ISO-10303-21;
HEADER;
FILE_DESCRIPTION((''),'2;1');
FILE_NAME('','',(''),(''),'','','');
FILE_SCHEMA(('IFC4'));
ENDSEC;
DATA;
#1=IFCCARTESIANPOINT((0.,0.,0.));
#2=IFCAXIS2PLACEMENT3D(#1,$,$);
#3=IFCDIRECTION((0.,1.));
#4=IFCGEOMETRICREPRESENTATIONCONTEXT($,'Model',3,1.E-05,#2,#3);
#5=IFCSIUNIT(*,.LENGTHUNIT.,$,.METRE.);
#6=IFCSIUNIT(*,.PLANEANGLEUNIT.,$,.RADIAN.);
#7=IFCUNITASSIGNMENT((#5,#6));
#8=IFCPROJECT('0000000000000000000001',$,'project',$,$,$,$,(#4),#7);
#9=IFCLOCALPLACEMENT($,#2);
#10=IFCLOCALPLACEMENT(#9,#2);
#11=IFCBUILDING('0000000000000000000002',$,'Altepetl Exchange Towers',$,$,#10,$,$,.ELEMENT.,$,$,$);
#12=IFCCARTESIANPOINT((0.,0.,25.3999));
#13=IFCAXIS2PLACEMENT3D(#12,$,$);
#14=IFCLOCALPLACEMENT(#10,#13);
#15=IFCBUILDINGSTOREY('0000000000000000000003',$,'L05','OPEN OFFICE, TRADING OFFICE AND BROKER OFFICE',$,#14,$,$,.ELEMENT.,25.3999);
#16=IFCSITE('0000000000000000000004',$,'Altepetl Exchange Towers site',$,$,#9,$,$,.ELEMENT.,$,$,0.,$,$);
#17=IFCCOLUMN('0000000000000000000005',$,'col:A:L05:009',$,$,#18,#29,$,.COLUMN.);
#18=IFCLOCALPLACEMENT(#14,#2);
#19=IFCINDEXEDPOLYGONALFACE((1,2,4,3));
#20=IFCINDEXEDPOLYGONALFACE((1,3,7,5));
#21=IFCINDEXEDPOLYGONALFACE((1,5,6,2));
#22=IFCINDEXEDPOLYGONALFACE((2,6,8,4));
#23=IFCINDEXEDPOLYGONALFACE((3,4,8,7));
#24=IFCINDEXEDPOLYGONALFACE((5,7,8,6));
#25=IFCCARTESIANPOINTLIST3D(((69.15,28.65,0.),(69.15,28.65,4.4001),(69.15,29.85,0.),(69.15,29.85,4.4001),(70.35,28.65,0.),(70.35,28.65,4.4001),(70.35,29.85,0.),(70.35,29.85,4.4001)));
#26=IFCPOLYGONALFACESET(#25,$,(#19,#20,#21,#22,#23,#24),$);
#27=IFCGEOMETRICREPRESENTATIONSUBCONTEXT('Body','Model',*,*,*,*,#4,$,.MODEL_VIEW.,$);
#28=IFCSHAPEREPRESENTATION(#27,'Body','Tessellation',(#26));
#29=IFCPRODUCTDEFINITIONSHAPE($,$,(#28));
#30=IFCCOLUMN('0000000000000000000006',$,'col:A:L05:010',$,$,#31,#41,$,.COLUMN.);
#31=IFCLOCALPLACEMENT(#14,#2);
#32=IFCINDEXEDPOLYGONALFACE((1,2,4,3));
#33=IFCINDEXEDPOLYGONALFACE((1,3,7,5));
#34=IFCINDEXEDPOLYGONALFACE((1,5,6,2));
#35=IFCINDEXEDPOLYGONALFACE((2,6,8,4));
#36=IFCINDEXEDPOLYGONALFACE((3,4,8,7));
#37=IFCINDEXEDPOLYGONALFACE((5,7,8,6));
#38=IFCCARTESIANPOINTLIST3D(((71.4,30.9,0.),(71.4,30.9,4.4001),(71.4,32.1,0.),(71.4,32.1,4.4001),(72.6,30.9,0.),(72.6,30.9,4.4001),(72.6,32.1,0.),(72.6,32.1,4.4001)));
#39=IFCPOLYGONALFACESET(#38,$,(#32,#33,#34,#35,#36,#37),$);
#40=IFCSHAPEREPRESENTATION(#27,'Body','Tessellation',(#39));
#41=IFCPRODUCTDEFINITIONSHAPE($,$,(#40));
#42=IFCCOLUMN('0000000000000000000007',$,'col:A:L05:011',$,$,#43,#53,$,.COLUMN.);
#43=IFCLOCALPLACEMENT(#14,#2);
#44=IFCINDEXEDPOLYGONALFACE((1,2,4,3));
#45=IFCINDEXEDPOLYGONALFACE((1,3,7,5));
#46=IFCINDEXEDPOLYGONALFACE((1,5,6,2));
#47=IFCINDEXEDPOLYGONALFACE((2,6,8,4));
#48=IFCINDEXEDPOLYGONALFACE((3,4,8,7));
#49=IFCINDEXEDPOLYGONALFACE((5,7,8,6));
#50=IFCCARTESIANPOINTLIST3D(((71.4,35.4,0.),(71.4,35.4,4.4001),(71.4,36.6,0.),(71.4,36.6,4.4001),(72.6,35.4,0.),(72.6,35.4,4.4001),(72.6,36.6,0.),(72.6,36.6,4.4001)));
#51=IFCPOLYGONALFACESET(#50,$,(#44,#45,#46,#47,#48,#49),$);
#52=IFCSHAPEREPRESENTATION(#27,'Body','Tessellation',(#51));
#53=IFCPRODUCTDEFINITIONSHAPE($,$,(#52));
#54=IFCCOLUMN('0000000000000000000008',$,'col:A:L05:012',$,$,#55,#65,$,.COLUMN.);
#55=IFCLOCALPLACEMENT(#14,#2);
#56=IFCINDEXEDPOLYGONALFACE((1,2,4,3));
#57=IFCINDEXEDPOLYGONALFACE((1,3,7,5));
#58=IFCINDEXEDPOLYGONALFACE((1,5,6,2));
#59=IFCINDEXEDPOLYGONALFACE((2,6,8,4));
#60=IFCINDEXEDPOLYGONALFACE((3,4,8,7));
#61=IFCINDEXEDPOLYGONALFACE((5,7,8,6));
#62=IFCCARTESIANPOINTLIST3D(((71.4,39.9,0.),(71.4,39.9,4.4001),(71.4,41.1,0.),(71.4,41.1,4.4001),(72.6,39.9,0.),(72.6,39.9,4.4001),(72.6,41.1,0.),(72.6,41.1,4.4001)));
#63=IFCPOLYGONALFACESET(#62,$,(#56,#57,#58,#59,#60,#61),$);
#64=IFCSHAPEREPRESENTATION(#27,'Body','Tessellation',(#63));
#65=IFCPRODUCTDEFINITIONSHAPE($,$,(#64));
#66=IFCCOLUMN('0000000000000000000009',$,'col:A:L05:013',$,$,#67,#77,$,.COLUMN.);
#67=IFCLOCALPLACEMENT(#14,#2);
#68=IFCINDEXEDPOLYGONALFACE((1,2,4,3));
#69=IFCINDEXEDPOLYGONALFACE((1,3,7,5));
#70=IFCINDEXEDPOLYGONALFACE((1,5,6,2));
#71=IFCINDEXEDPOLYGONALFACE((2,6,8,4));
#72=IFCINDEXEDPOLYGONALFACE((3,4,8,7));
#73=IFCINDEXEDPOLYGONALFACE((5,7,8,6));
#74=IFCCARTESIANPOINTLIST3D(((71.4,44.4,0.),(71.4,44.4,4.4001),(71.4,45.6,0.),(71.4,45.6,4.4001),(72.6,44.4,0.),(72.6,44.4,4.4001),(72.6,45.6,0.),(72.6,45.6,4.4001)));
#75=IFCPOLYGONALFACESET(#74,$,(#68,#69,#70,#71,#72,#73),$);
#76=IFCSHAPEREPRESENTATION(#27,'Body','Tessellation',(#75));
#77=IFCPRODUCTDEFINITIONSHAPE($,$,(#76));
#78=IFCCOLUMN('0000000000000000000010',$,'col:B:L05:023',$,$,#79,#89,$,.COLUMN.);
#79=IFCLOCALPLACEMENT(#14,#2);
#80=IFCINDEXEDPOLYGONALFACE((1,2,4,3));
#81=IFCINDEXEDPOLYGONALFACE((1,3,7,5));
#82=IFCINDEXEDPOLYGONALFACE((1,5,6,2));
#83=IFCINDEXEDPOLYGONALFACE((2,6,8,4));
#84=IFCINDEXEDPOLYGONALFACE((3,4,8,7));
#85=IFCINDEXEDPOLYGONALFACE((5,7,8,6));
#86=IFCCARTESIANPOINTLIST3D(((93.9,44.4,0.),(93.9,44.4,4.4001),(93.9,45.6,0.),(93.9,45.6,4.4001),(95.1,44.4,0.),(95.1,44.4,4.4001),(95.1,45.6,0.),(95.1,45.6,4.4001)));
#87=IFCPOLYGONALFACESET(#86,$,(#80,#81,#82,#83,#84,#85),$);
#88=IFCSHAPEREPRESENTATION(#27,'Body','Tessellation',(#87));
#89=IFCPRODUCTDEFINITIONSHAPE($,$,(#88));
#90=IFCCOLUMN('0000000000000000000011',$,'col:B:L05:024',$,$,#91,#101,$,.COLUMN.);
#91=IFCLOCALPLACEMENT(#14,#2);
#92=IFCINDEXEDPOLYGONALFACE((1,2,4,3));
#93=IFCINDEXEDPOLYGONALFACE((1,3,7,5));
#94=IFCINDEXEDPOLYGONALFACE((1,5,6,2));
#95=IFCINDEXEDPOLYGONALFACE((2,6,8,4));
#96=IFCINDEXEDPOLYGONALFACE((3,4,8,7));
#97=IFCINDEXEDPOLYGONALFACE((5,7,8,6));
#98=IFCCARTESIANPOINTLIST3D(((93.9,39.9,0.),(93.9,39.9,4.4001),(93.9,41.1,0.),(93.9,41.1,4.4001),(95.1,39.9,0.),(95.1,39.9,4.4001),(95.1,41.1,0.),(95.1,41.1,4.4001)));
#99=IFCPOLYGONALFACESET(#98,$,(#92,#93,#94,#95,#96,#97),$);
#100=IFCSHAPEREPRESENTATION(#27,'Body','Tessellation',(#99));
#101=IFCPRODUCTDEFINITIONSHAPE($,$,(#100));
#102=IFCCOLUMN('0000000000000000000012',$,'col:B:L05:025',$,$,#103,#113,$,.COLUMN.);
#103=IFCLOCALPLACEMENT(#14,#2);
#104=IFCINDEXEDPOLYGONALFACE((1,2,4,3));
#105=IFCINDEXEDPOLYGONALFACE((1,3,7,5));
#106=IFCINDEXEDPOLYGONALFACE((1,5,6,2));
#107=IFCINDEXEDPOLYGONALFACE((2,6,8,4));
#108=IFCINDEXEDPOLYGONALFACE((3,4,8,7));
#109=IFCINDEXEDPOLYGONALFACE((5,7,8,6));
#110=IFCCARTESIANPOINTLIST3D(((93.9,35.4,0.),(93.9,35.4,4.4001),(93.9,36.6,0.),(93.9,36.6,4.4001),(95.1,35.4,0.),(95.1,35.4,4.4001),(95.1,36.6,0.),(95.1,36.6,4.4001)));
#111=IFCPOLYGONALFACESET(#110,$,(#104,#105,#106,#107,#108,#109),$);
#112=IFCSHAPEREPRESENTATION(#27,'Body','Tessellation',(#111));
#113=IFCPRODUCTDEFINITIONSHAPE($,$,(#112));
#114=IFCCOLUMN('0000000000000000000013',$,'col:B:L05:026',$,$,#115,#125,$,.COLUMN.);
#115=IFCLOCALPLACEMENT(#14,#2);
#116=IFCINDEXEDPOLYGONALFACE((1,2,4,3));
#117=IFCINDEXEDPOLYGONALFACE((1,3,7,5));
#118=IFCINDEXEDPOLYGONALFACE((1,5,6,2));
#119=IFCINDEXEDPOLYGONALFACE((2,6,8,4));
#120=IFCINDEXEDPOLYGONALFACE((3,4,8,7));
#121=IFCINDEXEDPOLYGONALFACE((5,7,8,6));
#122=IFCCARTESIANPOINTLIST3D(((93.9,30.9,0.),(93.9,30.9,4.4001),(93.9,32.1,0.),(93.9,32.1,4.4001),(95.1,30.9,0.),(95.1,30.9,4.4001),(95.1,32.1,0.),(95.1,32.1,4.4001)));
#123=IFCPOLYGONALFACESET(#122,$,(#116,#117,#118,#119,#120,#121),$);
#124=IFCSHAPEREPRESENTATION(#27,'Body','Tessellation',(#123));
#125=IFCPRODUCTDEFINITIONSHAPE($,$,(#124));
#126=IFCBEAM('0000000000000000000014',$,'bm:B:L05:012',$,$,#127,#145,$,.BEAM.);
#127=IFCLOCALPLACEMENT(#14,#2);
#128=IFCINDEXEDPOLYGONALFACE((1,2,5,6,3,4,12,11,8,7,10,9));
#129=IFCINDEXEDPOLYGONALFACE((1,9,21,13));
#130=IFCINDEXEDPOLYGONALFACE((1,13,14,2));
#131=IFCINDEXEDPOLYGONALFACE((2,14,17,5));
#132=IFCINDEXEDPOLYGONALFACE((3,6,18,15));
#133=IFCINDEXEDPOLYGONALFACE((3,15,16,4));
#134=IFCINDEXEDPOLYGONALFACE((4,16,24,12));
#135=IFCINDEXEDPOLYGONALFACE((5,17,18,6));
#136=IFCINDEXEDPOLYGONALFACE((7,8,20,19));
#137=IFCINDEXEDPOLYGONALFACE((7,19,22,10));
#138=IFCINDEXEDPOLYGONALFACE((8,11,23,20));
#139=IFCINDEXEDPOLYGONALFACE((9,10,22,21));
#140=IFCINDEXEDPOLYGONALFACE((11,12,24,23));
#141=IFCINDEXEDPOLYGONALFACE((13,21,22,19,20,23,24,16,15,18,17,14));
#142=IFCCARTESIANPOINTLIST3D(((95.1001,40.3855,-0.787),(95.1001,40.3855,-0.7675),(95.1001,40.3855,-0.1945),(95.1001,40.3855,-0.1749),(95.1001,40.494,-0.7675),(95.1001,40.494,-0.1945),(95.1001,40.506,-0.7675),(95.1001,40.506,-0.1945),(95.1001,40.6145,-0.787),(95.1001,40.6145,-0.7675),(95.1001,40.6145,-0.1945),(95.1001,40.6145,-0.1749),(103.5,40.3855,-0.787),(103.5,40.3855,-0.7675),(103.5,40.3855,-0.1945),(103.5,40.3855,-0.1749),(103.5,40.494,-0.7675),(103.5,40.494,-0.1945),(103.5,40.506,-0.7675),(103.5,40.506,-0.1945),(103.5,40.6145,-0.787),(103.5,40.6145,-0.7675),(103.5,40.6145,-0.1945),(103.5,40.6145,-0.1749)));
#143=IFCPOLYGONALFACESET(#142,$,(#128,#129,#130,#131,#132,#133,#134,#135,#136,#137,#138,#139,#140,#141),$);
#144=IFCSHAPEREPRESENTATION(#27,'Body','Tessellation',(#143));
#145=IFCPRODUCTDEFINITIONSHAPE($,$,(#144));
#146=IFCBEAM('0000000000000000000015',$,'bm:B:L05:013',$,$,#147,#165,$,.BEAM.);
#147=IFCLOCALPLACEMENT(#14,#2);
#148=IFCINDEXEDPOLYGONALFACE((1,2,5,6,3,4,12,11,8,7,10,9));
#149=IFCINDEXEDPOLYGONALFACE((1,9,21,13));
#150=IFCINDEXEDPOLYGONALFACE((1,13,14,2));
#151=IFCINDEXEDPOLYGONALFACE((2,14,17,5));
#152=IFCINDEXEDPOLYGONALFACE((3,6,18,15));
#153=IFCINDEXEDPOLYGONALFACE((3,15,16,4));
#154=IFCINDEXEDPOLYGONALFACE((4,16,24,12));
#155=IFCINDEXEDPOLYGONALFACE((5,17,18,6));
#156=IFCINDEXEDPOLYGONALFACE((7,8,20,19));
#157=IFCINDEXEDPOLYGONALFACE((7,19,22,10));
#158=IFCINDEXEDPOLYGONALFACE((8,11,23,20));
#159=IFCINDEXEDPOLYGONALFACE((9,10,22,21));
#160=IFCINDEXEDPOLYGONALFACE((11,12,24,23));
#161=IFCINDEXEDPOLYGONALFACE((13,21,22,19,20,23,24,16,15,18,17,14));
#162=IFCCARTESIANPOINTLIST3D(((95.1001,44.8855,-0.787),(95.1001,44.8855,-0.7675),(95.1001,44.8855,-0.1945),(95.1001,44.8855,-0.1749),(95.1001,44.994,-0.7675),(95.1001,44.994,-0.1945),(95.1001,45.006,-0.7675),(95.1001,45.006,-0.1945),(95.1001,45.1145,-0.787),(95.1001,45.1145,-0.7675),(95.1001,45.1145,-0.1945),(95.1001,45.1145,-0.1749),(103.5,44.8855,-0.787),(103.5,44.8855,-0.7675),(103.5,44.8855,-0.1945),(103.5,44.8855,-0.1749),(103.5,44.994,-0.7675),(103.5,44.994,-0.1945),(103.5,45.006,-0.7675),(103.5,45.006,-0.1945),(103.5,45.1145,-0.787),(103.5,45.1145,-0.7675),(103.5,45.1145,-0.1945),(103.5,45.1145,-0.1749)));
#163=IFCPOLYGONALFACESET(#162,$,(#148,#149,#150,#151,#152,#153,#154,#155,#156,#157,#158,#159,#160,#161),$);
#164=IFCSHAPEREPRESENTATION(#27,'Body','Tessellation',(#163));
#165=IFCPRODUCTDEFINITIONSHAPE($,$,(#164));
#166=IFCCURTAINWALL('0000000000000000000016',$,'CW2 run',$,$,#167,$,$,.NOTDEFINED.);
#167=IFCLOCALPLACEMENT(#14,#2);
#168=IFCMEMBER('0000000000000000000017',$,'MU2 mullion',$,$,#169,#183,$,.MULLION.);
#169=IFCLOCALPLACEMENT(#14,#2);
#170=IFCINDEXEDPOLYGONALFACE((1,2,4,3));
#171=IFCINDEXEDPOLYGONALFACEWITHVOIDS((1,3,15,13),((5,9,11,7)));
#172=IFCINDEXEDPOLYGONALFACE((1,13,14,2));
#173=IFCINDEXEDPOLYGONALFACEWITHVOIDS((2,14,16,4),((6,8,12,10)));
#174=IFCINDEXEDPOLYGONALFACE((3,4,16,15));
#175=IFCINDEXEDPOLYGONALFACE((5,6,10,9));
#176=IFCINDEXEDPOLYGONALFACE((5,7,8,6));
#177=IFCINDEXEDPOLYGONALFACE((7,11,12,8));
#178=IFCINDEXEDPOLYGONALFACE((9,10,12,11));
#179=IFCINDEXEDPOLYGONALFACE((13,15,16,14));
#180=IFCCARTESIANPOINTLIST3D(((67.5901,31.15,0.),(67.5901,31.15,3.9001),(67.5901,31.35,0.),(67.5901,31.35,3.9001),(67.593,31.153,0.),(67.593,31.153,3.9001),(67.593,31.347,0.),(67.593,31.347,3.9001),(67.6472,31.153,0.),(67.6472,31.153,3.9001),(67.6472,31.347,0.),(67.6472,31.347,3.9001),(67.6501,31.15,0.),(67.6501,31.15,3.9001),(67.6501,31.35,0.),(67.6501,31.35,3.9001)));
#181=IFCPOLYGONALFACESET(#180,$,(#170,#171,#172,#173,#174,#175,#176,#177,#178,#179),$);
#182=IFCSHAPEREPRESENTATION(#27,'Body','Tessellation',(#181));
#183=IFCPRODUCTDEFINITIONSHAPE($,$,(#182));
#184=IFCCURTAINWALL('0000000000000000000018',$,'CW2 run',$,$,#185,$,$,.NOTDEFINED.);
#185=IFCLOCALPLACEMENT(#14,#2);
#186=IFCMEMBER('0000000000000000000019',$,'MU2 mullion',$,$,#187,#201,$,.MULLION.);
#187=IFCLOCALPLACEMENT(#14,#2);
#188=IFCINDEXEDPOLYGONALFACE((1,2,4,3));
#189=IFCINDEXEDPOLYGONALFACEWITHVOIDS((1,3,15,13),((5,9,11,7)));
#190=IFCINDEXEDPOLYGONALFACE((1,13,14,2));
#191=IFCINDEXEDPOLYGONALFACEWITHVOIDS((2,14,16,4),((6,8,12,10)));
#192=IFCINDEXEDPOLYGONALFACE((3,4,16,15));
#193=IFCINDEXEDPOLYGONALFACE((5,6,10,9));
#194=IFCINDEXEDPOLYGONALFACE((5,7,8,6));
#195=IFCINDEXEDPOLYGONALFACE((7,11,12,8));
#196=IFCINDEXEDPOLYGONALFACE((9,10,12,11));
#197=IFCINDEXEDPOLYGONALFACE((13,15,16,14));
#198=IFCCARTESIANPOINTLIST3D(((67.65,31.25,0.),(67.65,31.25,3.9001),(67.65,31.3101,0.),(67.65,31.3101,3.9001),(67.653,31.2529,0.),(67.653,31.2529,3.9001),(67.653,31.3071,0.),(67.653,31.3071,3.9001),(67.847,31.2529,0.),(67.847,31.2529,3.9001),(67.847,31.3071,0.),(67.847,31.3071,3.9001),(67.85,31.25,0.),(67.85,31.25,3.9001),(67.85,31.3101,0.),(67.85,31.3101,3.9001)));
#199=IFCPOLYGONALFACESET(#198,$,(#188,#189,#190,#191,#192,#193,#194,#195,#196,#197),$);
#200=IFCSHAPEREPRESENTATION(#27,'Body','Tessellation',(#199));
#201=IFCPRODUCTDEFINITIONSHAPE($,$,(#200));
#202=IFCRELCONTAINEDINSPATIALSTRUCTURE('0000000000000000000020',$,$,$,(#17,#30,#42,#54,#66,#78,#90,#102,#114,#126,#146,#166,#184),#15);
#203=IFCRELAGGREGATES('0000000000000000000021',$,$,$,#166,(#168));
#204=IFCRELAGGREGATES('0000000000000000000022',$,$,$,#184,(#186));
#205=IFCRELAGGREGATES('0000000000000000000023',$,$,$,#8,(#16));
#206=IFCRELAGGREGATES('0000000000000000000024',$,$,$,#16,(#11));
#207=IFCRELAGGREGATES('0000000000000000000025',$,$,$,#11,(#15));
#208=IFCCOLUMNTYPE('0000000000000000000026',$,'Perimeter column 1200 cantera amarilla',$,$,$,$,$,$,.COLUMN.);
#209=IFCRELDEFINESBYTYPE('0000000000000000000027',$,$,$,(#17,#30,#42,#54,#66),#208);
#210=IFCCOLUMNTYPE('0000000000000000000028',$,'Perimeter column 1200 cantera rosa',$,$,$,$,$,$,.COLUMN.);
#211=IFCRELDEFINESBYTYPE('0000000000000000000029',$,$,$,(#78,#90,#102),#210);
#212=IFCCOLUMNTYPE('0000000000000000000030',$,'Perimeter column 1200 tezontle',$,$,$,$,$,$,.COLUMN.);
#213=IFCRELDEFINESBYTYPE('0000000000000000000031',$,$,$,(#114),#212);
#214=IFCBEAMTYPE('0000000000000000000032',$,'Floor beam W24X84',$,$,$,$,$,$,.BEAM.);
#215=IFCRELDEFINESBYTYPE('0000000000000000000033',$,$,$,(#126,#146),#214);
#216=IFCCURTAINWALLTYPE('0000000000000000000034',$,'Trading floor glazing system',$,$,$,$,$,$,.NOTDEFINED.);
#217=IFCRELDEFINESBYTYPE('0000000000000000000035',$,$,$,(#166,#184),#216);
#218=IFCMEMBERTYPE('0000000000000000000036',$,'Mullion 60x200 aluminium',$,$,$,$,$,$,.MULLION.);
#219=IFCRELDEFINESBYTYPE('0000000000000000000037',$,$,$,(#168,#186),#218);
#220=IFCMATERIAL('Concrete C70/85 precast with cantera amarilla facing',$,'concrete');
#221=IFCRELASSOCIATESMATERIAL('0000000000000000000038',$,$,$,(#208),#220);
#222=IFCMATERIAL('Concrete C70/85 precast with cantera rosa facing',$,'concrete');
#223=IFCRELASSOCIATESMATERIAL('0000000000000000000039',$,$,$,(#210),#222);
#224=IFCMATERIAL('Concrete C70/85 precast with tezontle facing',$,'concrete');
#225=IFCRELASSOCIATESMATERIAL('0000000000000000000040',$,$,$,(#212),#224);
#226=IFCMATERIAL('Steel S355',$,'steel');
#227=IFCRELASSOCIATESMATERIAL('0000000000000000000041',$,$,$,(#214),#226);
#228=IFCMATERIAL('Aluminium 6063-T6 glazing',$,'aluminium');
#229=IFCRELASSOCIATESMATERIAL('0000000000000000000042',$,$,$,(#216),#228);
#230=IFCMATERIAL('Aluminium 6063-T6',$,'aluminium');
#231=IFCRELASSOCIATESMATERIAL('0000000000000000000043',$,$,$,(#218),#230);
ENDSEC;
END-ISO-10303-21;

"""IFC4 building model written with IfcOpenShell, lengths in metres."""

from ifc_helpers import new_model, si_unit, direction, frame, origin, origin_2d, place, context, subcontext, project, spatial, rectangle, hollow_rectangle, i_section, extrude, material, material_profile, profile_set, type_object, element, aggregate, save


model = new_model("IFC4")

# Units and contexts
model_context = context("Model", 3, precision=1e-05, world=origin(), true_north=direction((0.0, 1.0)))
body_context = subcontext(model_context, "Body", "Model", "MODEL_VIEW")
ifc_project = project(units=[si_unit("LENGTHUNIT", "METRE"), si_unit("PLANEANGLEUNIT", "RADIAN")], contexts=[model_context])

# Site, building, storey
site_placement = place(None, origin())
site = spatial("IfcSite", under=ifc_project, at=site_placement, Name="Altepetl Exchange Towers site", CompositionType="ELEMENT", RefElevation=0.0)
building_placement = place(site_placement, origin())
building = spatial("IfcBuilding", under=site, at=building_placement, Name="Altepetl Exchange Towers", CompositionType="ELEMENT")
storey_placement = place(building_placement, frame((0.0, 0.0, 25.3999)))
storey = spatial("IfcBuildingStorey", under=building, at=storey_placement, Name="L05", Description="OPEN OFFICE, TRADING OFFICE AND BROKER OFFICE", CompositionType="ELEMENT", Elevation=25.3999)

# Columns
ifc_material_1 = material(Name="Concrete C70/85 precast with cantera amarilla facing", Category="concrete")
ifc_material_profile_1 = material_profile(ifc_material_1, rectangle(XDim=1.2, YDim=1.2, at=origin_2d()), Name="1200 x 1200")
ifc_profile_set_1 = profile_set([ifc_material_profile_1], Name="Concrete C70/85 precast with cantera amarilla facing")
column_type_1 = type_object("IfcColumnType", Name="Perimeter column 1200 cantera amarilla", PredefinedType="COLUMN", material=ifc_profile_set_1)
for number, where, name in (
    (1, (69.75, 29.25, 0.0), "col:A:L05:009"),
    (2, (72.0, 31.5, 0.0), "col:A:L05:010"),
    (3, (72.0, 36.0, 0.0), "col:A:L05:011"),
    (4, (72.0, 40.5, 0.0), "col:A:L05:012"),
    (5, (72.0, 45.0, 0.0), "col:A:L05:013"),
):
    element("IfcColumn", number, at=place(storey_placement, frame(where)), inside=storey, type_object=column_type_1, Name=name, PredefinedType="COLUMN", context=body_context, shape_type="SweptSolid", body=[
        extrude(rectangle(XDim=1.2, YDim=1.2, at=origin_2d()), origin(), (0.0, 0.0, 1.0), 4.4001),
    ])
ifc_material_2 = material(Name="Concrete C70/85 precast with cantera rosa facing", Category="concrete")
ifc_material_profile_2 = material_profile(ifc_material_2, rectangle(XDim=1.2, YDim=1.2, at=origin_2d()), Name="1200 x 1200")
ifc_profile_set_2 = profile_set([ifc_material_profile_2], Name="Concrete C70/85 precast with cantera rosa facing")
column_type_2 = type_object("IfcColumnType", Name="Perimeter column 1200 cantera rosa", PredefinedType="COLUMN", material=ifc_profile_set_2)
for number, where, name in (
    (6, (94.5, 45.0, 0.0), "col:B:L05:023"),
    (7, (94.5, 40.5, 0.0), "col:B:L05:024"),
    (8, (94.5, 36.0, 0.0), "col:B:L05:025"),
):
    element("IfcColumn", number, at=place(storey_placement, frame(where)), inside=storey, type_object=column_type_2, Name=name, PredefinedType="COLUMN", context=body_context, shape_type="SweptSolid", body=[
        extrude(rectangle(XDim=1.2, YDim=1.2, at=origin_2d()), origin(), (0.0, 0.0, 1.0), 4.4001),
    ])
ifc_material_3 = material(Name="Concrete C70/85 precast with tezontle facing", Category="concrete")
ifc_material_profile_3 = material_profile(ifc_material_3, rectangle(XDim=1.2, YDim=1.2, at=origin_2d()), Name="1200 x 1200")
ifc_profile_set_3 = profile_set([ifc_material_profile_3], Name="Concrete C70/85 precast with tezontle facing")
column_type_3 = type_object("IfcColumnType", Name="Perimeter column 1200 tezontle", PredefinedType="COLUMN", material=ifc_profile_set_3)
column_placement = place(storey_placement, frame((94.5, 31.5, 0.0)))
element("IfcColumn", 9, at=column_placement, inside=storey, type_object=column_type_3, Name="col:B:L05:026", PredefinedType="COLUMN", context=body_context, shape_type="SweptSolid", body=[
    extrude(rectangle(XDim=1.2, YDim=1.2, at=origin_2d()), origin(), (0.0, 0.0, 1.0), 4.4001),
])

# Beams
ifc_material_4 = material(Name="Steel S355", Category="steel")
ifc_material_profile_4 = material_profile(ifc_material_4, i_section(OverallWidth=0.229, OverallDepth=0.6121, WebThickness=0.012, FlangeThickness=0.0195, at=origin_2d()), Name="W24X84")
ifc_profile_set_4 = profile_set([ifc_material_profile_4], Name="Steel S355")
beam_type_1 = type_object("IfcBeamType", Name="Floor beam W24X84", PredefinedType="BEAM", material=ifc_profile_set_4)
for number, where, z_axis, x_axis, name in (
    (10, (95.1001, 40.5, -0.481), (1.0, 0.0, 0.0), (0.0, 1.0, 0.0), "bm:B:L05:012"),
    (11, (95.1001, 45.0, -0.481), (1.0, 0.0, 0.0), (0.0, 1.0, 0.0), "bm:B:L05:013"),
):
    element("IfcBeam", number, at=place(storey_placement, frame(where, z_axis=z_axis, x_axis=x_axis)), inside=storey, type_object=beam_type_1, Name=name, PredefinedType="BEAM", context=body_context, shape_type="SweptSolid", body=[
        extrude(i_section(OverallWidth=0.229, OverallDepth=0.6121, WebThickness=0.012, FlangeThickness=0.0195, at=origin_2d()), origin(), (0.0, 0.0, 1.0), 8.3999),
    ])

# Curtain wall, member
ifc_material_5 = material(Name="Aluminium 6063-T6 glazing", Category="aluminium")
curtain_wall_type = type_object("IfcCurtainWallType", Name="Trading floor glazing system", PredefinedType="NOTDEFINED", material=ifc_material_5)
curtain_wall_1_placement = place(storey_placement, origin())
curtain_wall_1 = element("IfcCurtainWall", 12, at=curtain_wall_1_placement, inside=storey, type_object=curtain_wall_type, Name="CW2 run", PredefinedType="NOTDEFINED")
ifc_material_6 = material(Name="Aluminium 6063-T6", Category="aluminium")
ifc_material_profile_5 = material_profile(ifc_material_6, hollow_rectangle(XDim=0.0601, YDim=0.2, WallThickness=0.0029, at=origin_2d()), Name="Mullion 60x200 aluminium")
ifc_profile_set_5 = profile_set([ifc_material_profile_5], Name="Aluminium 6063-T6")
member_type = type_object("IfcMemberType", Name="Mullion 60x200 aluminium", PredefinedType="MULLION", material=ifc_profile_set_5)
member_1_placement = place(storey_placement, frame((67.6201, 31.25, 0.0)))
member_1 = element("IfcMember", 13, at=member_1_placement, type_object=member_type, Name="MU2 mullion", PredefinedType="MULLION", context=body_context, shape_type="SweptSolid", body=[
    extrude(hollow_rectangle(XDim=0.0601, YDim=0.2, WallThickness=0.0029, at=origin_2d()), origin(), (0.0, 0.0, 1.0), 3.9001),
])
aggregate(curtain_wall_1, [member_1])

# Curtain wall, member
curtain_wall_2_placement = place(storey_placement, origin())
curtain_wall_2 = element("IfcCurtainWall", 14, at=curtain_wall_2_placement, inside=storey, type_object=curtain_wall_type, Name="CW2 run", PredefinedType="NOTDEFINED")
member_2_placement = place(storey_placement, frame((67.75, 31.28, 0.0), z_axis=(0.0, 0.0, 1.0), x_axis=(0.0, 1.0, 0.0)))
member_2 = element("IfcMember", 15, at=member_2_placement, type_object=member_type, Name="MU2 mullion", PredefinedType="MULLION", context=body_context, shape_type="SweptSolid", body=[
    extrude(hollow_rectangle(XDim=0.0601, YDim=0.2, WallThickness=0.0029, at=origin_2d()), origin(), (0.0, 0.0, 1.0), 3.9001),
])

aggregate(curtain_wall_2, [member_2])

save(model, "model.ifc")
